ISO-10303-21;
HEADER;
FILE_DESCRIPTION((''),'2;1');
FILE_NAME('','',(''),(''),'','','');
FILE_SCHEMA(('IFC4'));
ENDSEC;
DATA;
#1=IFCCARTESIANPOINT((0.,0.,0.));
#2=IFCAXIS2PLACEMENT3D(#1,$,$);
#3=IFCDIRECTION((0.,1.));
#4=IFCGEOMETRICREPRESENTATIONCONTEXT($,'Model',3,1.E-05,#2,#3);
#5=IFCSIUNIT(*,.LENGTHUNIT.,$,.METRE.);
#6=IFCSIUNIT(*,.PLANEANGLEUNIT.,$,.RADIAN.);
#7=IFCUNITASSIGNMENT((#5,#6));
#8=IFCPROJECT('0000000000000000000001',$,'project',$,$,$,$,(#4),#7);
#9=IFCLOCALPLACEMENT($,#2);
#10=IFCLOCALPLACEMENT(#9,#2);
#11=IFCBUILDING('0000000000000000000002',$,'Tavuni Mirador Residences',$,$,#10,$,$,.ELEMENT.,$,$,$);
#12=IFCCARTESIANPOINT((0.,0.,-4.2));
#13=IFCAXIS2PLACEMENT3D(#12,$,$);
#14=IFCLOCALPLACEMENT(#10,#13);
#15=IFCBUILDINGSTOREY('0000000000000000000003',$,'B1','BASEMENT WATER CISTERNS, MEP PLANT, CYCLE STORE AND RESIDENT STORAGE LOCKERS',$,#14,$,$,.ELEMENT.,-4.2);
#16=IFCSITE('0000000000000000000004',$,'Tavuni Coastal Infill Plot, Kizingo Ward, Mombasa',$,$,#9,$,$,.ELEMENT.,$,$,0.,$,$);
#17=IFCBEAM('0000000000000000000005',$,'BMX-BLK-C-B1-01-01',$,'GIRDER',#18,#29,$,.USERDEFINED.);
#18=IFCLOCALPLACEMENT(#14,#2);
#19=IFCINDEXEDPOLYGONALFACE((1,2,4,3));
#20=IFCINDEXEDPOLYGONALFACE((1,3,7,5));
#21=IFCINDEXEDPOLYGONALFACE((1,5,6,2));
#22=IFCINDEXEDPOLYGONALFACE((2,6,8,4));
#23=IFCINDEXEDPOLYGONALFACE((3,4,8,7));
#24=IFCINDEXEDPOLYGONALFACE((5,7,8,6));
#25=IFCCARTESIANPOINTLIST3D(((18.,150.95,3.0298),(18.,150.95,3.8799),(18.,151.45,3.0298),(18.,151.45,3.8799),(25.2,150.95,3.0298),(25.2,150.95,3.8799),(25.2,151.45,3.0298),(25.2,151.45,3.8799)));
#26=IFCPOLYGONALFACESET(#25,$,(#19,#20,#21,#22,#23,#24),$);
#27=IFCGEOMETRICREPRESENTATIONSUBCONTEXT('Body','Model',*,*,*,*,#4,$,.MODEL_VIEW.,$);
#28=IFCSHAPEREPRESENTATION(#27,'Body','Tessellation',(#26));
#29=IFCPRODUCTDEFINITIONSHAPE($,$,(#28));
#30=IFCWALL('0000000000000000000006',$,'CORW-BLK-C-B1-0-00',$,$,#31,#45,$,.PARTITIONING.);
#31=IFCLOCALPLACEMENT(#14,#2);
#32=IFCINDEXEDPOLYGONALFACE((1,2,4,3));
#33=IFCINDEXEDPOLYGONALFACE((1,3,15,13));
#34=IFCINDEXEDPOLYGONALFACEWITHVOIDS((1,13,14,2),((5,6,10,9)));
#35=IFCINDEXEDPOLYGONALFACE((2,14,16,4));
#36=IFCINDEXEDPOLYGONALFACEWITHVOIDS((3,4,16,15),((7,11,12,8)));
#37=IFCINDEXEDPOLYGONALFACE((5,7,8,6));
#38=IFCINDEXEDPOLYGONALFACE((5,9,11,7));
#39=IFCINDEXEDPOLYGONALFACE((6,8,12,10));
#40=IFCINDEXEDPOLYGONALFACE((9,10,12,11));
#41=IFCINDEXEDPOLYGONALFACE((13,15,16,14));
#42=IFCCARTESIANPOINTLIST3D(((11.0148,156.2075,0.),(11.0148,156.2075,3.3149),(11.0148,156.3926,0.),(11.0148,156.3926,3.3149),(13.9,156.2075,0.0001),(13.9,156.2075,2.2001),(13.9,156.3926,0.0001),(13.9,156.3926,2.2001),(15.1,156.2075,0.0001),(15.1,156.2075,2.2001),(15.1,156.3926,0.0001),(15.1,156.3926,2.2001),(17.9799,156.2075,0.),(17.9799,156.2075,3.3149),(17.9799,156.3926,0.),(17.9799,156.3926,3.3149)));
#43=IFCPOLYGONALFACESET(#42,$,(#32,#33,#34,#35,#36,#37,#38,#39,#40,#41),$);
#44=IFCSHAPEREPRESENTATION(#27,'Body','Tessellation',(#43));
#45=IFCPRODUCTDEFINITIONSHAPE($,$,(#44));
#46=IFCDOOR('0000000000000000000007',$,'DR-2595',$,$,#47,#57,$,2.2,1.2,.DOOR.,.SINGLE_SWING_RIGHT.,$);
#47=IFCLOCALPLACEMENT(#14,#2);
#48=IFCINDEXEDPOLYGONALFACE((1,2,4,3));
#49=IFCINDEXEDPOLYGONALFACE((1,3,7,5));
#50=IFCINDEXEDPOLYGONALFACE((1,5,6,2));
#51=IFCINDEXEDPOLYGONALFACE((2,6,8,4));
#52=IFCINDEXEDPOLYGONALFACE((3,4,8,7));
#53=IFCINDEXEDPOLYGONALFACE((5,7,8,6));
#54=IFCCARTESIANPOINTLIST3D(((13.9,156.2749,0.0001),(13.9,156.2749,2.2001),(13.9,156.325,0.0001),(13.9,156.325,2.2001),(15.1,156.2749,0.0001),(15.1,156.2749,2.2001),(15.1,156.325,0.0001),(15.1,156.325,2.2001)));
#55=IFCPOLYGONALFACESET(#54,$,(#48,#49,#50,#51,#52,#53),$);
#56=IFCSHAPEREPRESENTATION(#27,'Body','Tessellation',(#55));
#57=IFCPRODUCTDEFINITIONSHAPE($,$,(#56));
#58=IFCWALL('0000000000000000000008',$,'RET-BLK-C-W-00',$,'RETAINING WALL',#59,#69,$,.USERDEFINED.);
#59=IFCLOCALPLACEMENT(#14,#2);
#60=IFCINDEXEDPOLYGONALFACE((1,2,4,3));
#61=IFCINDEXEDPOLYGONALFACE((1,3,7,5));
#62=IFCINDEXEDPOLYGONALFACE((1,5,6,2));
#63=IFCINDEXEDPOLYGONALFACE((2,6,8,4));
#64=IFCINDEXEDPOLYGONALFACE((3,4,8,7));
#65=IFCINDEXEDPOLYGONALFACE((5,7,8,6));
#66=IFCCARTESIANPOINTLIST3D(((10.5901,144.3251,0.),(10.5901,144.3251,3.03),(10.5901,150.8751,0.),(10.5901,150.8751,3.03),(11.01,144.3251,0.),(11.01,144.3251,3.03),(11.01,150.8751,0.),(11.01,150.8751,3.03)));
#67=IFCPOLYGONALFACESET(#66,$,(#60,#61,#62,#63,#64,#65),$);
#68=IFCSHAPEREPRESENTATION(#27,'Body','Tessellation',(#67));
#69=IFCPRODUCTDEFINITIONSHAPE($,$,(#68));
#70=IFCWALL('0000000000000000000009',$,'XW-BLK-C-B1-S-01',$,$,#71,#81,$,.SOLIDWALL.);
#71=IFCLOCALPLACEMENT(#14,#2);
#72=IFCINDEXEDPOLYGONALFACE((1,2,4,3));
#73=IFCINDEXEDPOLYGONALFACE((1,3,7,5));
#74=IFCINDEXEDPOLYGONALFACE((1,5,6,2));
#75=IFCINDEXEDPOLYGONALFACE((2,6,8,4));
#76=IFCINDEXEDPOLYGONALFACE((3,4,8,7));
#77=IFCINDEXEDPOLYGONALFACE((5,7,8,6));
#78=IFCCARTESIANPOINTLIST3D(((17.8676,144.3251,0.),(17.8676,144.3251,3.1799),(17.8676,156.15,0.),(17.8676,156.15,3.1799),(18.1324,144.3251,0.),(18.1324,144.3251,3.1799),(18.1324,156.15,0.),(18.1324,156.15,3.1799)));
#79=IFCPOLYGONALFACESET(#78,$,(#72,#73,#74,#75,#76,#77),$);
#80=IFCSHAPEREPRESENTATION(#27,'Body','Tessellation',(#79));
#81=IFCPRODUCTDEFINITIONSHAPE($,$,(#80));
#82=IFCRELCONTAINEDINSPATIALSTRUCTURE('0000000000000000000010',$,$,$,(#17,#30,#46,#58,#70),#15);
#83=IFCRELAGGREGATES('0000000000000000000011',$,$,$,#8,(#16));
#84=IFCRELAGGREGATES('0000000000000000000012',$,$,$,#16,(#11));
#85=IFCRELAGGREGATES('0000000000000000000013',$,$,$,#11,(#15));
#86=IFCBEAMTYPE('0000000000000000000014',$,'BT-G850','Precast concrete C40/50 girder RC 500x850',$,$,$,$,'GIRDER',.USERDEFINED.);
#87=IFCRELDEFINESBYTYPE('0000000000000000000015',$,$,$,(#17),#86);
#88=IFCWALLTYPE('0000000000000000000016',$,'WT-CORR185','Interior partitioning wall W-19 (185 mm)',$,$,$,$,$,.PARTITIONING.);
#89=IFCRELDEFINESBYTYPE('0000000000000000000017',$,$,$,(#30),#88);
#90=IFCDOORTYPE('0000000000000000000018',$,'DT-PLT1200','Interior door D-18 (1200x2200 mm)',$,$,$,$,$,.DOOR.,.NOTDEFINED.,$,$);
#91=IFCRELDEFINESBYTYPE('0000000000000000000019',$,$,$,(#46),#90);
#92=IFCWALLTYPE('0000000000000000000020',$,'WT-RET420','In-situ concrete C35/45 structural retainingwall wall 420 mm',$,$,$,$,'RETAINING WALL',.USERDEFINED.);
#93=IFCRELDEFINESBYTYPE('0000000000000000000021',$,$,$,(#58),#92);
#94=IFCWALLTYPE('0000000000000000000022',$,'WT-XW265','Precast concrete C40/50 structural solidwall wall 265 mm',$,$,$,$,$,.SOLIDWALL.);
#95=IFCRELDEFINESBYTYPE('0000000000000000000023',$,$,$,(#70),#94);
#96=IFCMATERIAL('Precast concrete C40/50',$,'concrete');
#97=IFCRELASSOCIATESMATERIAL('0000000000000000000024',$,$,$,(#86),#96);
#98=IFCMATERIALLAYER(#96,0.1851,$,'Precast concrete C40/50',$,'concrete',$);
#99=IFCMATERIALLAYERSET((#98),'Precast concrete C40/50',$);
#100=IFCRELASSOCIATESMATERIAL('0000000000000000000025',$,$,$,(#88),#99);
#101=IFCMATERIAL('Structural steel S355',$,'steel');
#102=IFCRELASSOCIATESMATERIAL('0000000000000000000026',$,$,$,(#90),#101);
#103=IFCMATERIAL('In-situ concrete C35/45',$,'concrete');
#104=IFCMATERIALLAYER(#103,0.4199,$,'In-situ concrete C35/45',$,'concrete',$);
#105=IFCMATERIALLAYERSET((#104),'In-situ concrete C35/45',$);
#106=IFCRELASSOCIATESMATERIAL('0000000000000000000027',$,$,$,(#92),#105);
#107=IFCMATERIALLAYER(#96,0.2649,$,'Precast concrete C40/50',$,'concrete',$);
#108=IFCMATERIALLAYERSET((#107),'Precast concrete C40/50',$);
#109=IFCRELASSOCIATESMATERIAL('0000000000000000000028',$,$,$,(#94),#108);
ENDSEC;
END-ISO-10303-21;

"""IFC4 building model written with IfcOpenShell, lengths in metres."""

from ifc_helpers import new_model, si_unit, direction, frame, frame_2d, origin, origin_2d, place, context, subcontext, project, spatial, rectangle, extrude, material, layer, layer_set, material_profile, profile_set, type_object, element, fill, save


model = new_model("IFC4")

# Units and contexts
model_context = context("Model", 3, precision=1e-05, world=origin(), true_north=direction((0.0, 1.0)))
body_context = subcontext(model_context, "Body", "Model", "MODEL_VIEW")
ifc_project = project(units=[si_unit("LENGTHUNIT", "METRE"), si_unit("PLANEANGLEUNIT", "RADIAN")], contexts=[model_context])

# Site, building, storey
site_placement = place(None, origin())
site = spatial("IfcSite", under=ifc_project, at=site_placement, Name="Tavuni Coastal Infill Plot, Kizingo Ward, Mombasa", CompositionType="ELEMENT", RefElevation=0.0)
building_placement = place(site_placement, origin())
building = spatial("IfcBuilding", under=site, at=building_placement, Name="Tavuni Mirador Residences", CompositionType="ELEMENT")
storey_placement = place(building_placement, frame((0.0, 0.0, -4.2)))
storey = spatial("IfcBuildingStorey", under=building, at=storey_placement, Name="B1", Description="BASEMENT WATER CISTERNS, MEP PLANT, CYCLE STORE AND RESIDENT STORAGE LOCKERS", CompositionType="ELEMENT", Elevation=-4.2)

# Shared definitions
ifc_material_1 = material(Name="In-situ concrete C35/45", Category="concrete")

# Beam
ifc_material_2 = material(Name="Precast concrete C40/50", Category="concrete")
ifc_material_profile_1 = material_profile(ifc_material_2, rectangle(XDim=0.5, YDim=0.8501, at=origin_2d()), Name="RC 500x850", Category="concrete")
ifc_profile_set_1 = profile_set([ifc_material_profile_1], Name="Precast concrete C40/50")
beam_type_1 = type_object("IfcBeamType", Name="BT-G850", Description="Precast concrete C40/50 girder RC 500x850", ElementType="GIRDER", PredefinedType="USERDEFINED", material=ifc_profile_set_1)
for number, where, z_axis, x_axis, name in (
    (1, (18.0, 151.2, 3.4548), (1.0, 0.0, 0.0), (0.0, 1.0, 0.0), "BMX-BLK-C-B1-01-01"),
):
    element("IfcBeam", number, at=place(storey_placement, frame(where, z_axis=z_axis, x_axis=x_axis)), inside=storey, type_object=beam_type_1, Name=name, ObjectType="GIRDER", PredefinedType="USERDEFINED", context=body_context, shape_type="SweptSolid", body=[
        extrude(rectangle(XDim=0.5, YDim=0.8501, at=origin_2d()), origin(), (0.0, 0.0, 1.0), 7.2),
    ])

# Wall, opening, door
ifc_layer_1 = layer(ifc_material_2, 0.1851, Name="Precast concrete C40/50", Category="concrete")
ifc_layer_set_1 = layer_set([ifc_layer_1], Name="Precast concrete C40/50")
wall_type_1 = type_object("IfcWallType", Name="WT-CORR185", Description="Interior partitioning wall W-19 (185 mm)", PredefinedType="PARTITIONING", material=ifc_layer_set_1)
wall_1_placement = place(storey_placement, frame((11.0149, 156.3, 0.0), z_axis=(0.0, 0.0, 1.0), x_axis=(1.0, 0.0, 0.0)))
wall_1 = element("IfcWall", 2, at=wall_1_placement, inside=storey, type_object=wall_type_1, Name="CORW-BLK-C-B1-0-00", PredefinedType="PARTITIONING", context=body_context, shape_type="SweptSolid", body=[
    extrude(rectangle(XDim=6.9651, YDim=0.1851, at=frame_2d((3.4824, 0.0))), origin(), (0.0, 0.0, 1.0), 3.3149),
])
opening_placement = place(wall_1_placement, frame((2.885, 0.0, 0.0)))
opening = element("IfcOpeningElement", 3, at=opening_placement, cuts=wall_1, PredefinedType="OPENING", context=body_context, shape_type="SweptSolid", body=[
    extrude(rectangle(XDim=1.2, YDim=2.2, at=frame_2d((0.6001, 1.1001))), frame((0.0, 0.1025, 0.0), z_axis=(0.0, -1.0, 0.0), x_axis=(1.0, 0.0, 0.0)), (0.0, 0.0, 1.0), 0.2051),
])
ifc_material_3 = material(Name="Structural steel S355", Category="steel")
door_type = type_object("IfcDoorType", Name="DT-PLT1200", Description="Interior door D-18 (1200x2200 mm)", OperationType="NOTDEFINED", PredefinedType="DOOR", material=ifc_material_3)
door_placement = place(opening_placement, origin())
door = element("IfcDoor", 4, at=door_placement, inside=storey, type_object=door_type, Name="DR-2595", OperationType="SINGLE_SWING_RIGHT", OverallHeight=2.2, OverallWidth=1.2, PredefinedType="DOOR", context=body_context, shape_type="SweptSolid", body=[
    extrude(rectangle(XDim=1.2, YDim=2.2, at=frame_2d((0.6001, 1.1001))), frame((0.0, 0.0249, 0.0), z_axis=(0.0, -1.0, 0.0), x_axis=(1.0, 0.0, 0.0)), (0.0, 0.0, 1.0), 0.05),
])
fill(opening, door)

# Walls
ifc_layer_2 = layer(ifc_material_1, 0.4199, Name="In-situ concrete C35/45", Category="concrete")
ifc_layer_set_2 = layer_set([ifc_layer_2], Name="In-situ concrete C35/45")
wall_type_2 = type_object("IfcWallType", Name="WT-RET420", Description="In-situ concrete C35/45 structural retainingwall wall 420 mm", ElementType="RETAINING WALL", PredefinedType="USERDEFINED", material=ifc_layer_set_2)
wall_2_placement = place(storey_placement, frame((10.8, 150.875, 0.0), z_axis=(0.0, 0.0, 1.0), x_axis=(0.0, -1.0, 0.0)))
element("IfcWall", 5, at=wall_2_placement, inside=storey, type_object=wall_type_2, Name="RET-BLK-C-W-00", ObjectType="RETAINING WALL", PredefinedType="USERDEFINED", context=body_context, shape_type="SweptSolid", body=[
    extrude(rectangle(XDim=6.55, YDim=0.4199, at=frame_2d((3.2749, 0.0))), origin(), (0.0, 0.0, 1.0), 3.03),
])
ifc_layer_3 = layer(ifc_material_2, 0.2649, Name="Precast concrete C40/50", Category="concrete")
ifc_layer_set_3 = layer_set([ifc_layer_3], Name="Precast concrete C40/50")
wall_type_3 = type_object("IfcWallType", Name="WT-XW265", Description="Precast concrete C40/50 structural solidwall wall 265 mm", PredefinedType="SOLIDWALL", material=ifc_layer_set_3)
wall_3_placement = place(storey_placement, frame((18.0, 144.325, 0.0), z_axis=(0.0, 0.0, 1.0), x_axis=(0.0, 1.0, 0.0)))
element("IfcWall", 6, at=wall_3_placement, inside=storey, type_object=wall_type_3, Name="XW-BLK-C-B1-S-01", PredefinedType="SOLIDWALL", context=body_context, shape_type="SweptSolid", body=[
    extrude(rectangle(XDim=11.825, YDim=0.2649, at=frame_2d((5.9126, 0.0))), origin(), (0.0, 0.0, 1.0), 3.1799),
])

save(model, "model.ifc")
